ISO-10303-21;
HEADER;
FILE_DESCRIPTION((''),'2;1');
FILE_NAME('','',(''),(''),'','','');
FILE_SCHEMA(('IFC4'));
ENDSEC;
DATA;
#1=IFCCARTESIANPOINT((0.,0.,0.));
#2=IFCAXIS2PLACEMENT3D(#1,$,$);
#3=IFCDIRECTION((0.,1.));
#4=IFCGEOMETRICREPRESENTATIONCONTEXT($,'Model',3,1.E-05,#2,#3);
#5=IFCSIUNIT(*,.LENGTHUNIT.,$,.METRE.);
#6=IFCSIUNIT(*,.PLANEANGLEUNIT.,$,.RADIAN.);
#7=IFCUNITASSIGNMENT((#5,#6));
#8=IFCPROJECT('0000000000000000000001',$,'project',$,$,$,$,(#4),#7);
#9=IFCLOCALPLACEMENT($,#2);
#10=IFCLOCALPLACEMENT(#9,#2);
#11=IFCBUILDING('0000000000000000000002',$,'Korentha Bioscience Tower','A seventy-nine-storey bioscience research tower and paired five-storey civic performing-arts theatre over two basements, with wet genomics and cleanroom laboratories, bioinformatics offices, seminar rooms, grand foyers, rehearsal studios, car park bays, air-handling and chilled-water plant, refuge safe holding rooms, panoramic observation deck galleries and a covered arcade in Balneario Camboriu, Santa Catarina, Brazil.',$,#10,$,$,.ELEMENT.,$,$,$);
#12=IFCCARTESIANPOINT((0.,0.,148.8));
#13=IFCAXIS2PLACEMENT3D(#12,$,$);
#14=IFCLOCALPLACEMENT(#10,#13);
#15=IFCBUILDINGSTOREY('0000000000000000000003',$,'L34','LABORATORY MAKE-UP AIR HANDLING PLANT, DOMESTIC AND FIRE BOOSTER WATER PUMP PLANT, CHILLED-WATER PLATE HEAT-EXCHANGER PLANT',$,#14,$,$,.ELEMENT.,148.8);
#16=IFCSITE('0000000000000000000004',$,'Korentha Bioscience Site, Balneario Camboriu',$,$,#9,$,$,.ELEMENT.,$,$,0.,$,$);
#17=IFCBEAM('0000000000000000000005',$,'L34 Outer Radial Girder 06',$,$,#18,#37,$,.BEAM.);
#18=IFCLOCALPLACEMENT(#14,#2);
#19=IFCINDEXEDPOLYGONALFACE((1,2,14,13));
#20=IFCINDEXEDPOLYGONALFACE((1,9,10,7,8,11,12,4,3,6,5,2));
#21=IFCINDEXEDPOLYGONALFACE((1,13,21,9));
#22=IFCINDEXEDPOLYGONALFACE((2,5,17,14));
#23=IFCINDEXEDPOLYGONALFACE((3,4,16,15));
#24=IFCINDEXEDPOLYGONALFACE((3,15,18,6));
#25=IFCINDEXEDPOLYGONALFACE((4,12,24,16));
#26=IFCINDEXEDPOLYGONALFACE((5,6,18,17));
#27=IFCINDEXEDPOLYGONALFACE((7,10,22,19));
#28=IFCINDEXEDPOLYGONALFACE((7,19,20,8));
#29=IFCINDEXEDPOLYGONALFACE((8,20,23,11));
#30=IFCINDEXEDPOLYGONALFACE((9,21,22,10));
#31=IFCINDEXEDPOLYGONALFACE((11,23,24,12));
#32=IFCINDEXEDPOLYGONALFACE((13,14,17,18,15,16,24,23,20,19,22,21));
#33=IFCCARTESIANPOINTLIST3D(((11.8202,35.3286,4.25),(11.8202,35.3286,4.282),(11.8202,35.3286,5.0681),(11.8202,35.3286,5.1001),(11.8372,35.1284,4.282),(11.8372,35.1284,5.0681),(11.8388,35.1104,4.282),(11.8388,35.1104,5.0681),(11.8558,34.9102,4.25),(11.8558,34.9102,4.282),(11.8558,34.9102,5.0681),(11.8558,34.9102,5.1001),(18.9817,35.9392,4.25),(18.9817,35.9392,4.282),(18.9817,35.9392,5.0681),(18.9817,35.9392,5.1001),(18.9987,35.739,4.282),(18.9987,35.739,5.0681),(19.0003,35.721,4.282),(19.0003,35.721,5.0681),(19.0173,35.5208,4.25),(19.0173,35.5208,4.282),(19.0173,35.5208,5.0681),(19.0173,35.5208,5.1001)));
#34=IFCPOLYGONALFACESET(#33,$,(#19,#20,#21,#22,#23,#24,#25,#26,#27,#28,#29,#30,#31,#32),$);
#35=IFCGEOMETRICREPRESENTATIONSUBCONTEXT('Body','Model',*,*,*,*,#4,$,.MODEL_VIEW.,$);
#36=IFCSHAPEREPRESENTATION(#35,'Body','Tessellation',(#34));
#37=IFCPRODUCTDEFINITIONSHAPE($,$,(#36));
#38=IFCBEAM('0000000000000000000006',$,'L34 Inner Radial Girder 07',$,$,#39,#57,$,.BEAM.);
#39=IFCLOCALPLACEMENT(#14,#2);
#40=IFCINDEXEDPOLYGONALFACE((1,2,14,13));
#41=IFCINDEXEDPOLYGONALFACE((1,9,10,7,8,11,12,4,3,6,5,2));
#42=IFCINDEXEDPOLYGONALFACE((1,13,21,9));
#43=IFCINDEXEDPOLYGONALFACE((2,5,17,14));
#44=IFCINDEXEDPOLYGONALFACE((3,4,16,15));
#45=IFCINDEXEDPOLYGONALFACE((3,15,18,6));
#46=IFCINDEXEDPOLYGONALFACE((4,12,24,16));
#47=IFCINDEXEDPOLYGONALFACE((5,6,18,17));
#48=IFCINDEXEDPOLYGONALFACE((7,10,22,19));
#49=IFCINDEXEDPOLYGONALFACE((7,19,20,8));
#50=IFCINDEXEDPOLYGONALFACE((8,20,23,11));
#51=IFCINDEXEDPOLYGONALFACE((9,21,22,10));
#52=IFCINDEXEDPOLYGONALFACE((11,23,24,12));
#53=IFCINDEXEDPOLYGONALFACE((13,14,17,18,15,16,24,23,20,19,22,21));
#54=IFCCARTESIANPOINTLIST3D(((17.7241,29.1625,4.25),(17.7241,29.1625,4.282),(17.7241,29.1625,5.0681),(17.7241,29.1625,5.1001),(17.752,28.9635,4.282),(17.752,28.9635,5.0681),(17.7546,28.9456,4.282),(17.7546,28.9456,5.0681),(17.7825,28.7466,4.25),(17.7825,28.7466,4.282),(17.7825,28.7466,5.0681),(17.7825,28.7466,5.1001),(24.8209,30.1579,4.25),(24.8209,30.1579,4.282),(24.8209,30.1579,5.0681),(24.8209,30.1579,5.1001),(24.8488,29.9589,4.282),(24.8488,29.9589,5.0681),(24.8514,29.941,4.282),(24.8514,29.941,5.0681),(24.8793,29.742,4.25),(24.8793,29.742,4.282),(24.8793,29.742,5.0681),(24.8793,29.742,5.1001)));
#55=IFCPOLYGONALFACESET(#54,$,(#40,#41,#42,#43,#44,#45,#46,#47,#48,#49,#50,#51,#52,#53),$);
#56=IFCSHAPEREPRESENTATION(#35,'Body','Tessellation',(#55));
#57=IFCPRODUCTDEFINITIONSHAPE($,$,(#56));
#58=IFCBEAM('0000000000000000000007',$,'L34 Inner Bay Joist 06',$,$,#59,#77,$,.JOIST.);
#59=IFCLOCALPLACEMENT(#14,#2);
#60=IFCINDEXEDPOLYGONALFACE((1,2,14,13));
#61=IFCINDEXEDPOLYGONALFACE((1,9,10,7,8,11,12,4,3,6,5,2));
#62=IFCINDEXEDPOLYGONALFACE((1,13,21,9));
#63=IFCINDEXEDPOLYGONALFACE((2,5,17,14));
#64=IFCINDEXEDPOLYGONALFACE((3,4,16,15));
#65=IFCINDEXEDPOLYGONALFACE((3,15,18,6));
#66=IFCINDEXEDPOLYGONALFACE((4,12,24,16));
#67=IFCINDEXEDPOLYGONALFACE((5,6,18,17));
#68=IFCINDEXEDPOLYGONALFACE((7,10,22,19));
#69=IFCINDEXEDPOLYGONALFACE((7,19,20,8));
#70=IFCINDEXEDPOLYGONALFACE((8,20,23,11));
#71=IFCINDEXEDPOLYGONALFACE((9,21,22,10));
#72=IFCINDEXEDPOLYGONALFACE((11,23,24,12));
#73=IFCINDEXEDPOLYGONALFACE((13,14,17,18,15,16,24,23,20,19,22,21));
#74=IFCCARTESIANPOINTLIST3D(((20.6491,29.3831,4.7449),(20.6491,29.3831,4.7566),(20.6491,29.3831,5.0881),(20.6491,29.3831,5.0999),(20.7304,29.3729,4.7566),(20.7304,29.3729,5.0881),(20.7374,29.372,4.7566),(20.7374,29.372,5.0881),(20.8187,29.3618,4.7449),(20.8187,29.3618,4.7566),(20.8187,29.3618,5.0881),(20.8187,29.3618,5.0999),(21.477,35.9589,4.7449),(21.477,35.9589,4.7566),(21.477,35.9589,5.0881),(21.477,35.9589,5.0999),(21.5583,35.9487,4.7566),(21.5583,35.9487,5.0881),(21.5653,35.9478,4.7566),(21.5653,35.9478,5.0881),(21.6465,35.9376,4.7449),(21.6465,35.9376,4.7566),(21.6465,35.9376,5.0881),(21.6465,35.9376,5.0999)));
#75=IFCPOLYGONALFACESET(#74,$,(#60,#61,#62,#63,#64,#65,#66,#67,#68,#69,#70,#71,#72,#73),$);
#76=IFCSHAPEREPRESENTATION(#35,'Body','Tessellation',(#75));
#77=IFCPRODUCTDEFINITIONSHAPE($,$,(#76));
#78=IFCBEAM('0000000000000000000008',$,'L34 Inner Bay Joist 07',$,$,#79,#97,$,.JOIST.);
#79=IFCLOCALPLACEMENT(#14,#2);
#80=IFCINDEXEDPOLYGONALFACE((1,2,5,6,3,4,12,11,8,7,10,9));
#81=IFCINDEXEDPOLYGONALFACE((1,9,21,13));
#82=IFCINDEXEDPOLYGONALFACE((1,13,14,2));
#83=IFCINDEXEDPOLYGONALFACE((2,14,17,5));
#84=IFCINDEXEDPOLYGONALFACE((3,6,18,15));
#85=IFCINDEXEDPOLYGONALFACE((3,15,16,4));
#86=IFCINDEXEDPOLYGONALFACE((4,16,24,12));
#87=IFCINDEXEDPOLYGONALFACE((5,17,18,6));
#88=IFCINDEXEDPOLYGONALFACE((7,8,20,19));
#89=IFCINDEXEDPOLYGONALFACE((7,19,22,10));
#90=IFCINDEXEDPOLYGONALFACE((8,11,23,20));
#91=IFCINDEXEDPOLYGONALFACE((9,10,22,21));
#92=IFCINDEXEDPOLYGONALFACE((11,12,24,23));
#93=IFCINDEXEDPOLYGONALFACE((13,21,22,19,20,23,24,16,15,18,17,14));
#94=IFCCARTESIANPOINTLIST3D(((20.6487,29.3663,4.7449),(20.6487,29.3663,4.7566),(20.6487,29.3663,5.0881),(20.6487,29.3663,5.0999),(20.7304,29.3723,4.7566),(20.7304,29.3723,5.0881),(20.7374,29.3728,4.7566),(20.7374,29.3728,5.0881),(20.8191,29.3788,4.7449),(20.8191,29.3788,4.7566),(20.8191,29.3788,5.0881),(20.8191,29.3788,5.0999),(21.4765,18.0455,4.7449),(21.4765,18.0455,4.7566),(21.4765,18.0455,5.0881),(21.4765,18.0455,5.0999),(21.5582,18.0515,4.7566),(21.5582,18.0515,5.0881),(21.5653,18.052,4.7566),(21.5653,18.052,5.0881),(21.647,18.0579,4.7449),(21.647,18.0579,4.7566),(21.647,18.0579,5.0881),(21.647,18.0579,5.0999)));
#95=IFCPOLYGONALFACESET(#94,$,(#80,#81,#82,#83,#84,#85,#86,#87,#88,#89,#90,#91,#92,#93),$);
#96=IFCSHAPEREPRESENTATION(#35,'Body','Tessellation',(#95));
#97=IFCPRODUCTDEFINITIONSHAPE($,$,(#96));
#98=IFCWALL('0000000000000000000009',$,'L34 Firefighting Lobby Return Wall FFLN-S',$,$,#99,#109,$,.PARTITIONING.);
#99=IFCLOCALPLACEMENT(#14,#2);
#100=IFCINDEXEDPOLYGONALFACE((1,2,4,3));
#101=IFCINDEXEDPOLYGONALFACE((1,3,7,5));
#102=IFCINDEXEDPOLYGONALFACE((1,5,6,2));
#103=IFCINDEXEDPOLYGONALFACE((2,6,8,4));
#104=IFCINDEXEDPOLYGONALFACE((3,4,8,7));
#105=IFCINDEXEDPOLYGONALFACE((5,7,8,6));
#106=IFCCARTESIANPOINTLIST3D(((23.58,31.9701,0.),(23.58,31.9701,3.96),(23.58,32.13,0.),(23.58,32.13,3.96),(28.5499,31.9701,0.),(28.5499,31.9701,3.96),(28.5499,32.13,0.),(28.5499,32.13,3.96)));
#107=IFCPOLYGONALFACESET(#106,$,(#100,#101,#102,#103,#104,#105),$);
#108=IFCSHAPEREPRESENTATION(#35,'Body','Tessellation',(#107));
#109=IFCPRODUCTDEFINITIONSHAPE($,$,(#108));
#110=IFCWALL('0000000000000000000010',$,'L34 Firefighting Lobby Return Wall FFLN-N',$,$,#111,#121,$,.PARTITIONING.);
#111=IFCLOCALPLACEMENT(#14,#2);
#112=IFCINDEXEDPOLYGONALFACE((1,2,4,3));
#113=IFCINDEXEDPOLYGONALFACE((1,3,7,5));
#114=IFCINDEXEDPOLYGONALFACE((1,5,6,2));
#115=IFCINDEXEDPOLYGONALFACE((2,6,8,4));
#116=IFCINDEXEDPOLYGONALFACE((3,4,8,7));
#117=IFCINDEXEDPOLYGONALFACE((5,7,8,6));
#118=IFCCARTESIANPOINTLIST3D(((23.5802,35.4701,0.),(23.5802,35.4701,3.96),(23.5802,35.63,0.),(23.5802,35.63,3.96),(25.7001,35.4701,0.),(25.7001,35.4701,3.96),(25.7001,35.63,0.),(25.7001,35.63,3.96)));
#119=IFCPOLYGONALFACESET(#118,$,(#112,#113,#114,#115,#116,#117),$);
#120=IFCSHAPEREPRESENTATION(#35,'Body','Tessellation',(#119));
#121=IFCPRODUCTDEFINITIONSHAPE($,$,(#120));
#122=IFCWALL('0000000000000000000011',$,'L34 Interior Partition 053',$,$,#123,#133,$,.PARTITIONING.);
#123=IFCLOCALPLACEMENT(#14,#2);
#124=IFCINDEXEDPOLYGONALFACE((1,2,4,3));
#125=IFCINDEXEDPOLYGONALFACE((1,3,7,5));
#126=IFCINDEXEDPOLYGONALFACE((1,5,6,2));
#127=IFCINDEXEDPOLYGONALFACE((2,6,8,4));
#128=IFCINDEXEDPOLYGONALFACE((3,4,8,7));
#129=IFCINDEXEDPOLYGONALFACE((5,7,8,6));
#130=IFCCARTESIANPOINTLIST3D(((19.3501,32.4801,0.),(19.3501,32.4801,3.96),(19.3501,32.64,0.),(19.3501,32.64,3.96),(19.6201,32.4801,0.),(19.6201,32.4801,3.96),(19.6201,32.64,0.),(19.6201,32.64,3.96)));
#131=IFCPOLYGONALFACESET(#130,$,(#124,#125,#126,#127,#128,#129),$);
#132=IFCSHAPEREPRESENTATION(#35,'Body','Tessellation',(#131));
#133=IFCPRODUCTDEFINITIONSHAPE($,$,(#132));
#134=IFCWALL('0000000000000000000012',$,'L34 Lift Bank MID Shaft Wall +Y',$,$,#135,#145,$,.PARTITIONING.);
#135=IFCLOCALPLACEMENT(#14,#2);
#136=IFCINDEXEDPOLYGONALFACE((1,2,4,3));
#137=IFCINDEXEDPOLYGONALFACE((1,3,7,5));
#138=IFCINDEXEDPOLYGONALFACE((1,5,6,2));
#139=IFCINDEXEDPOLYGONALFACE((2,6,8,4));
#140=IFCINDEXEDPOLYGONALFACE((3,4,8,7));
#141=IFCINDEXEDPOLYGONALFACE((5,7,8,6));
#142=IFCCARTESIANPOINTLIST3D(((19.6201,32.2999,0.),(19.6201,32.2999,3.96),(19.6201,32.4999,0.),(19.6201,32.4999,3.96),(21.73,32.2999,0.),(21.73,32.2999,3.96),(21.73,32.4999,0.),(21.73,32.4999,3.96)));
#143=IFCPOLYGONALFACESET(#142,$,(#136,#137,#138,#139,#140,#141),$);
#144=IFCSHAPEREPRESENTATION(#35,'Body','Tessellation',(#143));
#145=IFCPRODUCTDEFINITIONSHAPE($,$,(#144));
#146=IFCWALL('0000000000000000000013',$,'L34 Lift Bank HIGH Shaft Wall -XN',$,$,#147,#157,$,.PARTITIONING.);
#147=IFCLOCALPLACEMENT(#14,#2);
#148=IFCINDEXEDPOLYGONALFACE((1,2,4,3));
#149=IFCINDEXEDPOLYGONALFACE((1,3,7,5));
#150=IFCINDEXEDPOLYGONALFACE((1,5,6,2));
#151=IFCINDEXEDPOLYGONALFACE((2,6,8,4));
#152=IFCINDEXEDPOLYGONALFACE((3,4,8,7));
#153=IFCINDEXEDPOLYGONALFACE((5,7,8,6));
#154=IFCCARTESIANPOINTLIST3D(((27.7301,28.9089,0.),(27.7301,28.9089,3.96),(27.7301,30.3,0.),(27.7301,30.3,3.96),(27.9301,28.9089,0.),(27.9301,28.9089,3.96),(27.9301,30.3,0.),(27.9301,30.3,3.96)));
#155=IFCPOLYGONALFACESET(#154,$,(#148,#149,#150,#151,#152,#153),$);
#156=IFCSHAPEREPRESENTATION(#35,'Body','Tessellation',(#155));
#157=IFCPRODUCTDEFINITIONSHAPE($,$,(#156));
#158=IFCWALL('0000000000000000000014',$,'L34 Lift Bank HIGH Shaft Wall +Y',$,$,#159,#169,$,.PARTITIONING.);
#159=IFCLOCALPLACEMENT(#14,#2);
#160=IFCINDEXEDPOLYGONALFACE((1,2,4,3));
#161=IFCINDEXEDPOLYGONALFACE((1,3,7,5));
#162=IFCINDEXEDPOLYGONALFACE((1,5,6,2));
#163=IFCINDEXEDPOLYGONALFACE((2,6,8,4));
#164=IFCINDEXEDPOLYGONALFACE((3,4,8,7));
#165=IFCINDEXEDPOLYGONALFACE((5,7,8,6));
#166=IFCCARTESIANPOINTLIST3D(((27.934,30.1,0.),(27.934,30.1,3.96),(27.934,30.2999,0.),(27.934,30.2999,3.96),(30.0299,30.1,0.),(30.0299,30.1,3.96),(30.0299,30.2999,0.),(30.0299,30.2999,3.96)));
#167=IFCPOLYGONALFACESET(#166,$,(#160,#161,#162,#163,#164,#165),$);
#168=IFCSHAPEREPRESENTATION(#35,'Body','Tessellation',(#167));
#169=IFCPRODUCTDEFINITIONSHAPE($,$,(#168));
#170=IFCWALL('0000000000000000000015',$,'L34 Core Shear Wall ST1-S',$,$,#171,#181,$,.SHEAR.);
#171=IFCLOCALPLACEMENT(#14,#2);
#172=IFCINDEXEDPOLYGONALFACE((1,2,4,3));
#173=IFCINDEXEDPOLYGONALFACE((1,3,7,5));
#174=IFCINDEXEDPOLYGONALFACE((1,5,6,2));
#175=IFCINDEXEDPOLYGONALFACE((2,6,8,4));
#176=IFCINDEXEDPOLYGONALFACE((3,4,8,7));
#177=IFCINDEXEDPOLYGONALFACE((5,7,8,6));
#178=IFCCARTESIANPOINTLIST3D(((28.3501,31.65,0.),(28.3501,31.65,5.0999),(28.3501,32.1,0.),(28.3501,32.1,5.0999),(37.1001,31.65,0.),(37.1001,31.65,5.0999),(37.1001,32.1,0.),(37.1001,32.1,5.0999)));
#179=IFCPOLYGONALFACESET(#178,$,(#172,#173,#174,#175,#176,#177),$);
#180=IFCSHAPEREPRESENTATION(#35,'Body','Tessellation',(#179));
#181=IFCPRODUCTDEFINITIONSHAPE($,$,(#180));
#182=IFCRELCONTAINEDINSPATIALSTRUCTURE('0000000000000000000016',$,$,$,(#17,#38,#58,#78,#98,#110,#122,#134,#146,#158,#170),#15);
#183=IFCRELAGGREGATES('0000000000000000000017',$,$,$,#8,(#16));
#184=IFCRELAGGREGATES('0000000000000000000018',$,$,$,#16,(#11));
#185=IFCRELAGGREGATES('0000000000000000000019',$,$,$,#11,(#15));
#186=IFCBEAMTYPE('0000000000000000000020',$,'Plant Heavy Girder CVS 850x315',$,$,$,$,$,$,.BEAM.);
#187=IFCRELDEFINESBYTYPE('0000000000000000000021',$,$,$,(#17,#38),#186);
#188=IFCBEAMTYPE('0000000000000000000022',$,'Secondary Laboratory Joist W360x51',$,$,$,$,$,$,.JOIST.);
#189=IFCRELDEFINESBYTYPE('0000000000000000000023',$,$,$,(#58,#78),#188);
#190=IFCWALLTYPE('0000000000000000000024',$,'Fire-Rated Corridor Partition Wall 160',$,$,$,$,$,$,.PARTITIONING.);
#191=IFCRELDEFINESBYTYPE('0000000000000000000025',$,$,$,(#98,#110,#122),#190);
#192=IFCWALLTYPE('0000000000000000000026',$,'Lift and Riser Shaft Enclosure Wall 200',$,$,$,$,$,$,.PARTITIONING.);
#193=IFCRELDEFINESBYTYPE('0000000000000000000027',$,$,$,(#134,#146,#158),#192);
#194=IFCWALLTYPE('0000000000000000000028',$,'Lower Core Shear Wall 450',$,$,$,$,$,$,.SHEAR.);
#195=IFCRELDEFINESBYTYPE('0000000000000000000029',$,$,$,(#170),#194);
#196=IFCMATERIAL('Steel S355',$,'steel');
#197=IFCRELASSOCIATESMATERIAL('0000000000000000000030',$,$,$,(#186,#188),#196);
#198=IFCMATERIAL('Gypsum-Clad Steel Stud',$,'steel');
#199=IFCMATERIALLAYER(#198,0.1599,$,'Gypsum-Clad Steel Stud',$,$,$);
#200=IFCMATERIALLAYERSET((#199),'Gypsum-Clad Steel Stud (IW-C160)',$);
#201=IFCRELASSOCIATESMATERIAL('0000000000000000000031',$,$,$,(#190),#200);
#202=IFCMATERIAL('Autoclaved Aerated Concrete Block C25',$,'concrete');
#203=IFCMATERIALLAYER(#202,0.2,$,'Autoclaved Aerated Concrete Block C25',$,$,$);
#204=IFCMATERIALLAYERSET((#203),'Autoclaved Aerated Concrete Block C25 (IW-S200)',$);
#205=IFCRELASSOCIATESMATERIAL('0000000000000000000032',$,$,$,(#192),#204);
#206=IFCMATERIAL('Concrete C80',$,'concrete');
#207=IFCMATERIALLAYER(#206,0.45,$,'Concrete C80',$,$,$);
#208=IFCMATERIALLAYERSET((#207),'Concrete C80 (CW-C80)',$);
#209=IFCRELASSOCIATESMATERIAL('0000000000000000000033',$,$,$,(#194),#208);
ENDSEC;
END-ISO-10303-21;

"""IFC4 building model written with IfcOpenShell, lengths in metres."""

from ifc_helpers import new_model, si_unit, direction, frame, frame_2d, origin, origin_2d, place, context, subcontext, project, spatial, rectangle, i_section, extrude, material, layer, layer_set, material_profile, profile_set, type_object, element, save


model = new_model("IFC4")

# Units and contexts
model_context = context("Model", 3, precision=1e-05, world=origin(), true_north=direction((0.0, 1.0)))
body_context = subcontext(model_context, "Body", "Model", "MODEL_VIEW")
ifc_project = project(units=[si_unit("LENGTHUNIT", "METRE"), si_unit("PLANEANGLEUNIT", "RADIAN")], contexts=[model_context])

# Site, building, storey
site_placement = place(None, origin())
site = spatial("IfcSite", under=ifc_project, at=site_placement, Name="Korentha Bioscience Site, Balneario Camboriu", CompositionType="ELEMENT", RefElevation=0.0)
building_placement = place(site_placement, origin())
building = spatial("IfcBuilding", under=site, at=building_placement, Name="Korentha Bioscience Tower", Description="A seventy-nine-storey bioscience research tower and paired five-storey civic performing-arts theatre over two basements, with wet genomics and cleanroom laboratories, bioinformatics offices, seminar rooms, grand foyers, rehearsal studios, car park bays, air-handling and chilled-water plant, refuge safe holding rooms, panoramic observation deck galleries and a covered arcade in Balneario Camboriu, Santa Catarina, Brazil.", CompositionType="ELEMENT")
storey_placement = place(building_placement, frame((0.0, 0.0, 148.8)))
storey = spatial("IfcBuildingStorey", under=building, at=storey_placement, Name="L34", Description="LABORATORY MAKE-UP AIR HANDLING PLANT, DOMESTIC AND FIRE BOOSTER WATER PUMP PLANT, CHILLED-WATER PLATE HEAT-EXCHANGER PLANT", CompositionType="ELEMENT", Elevation=148.8)

# Shared definitions
ifc_material_1 = material(Name="Concrete C80", Category="concrete")

# Beams
ifc_material_2 = material(Name="Steel S355", Category="steel")
ifc_material_profile_1 = material_profile(ifc_material_2, i_section(OverallWidth=0.4199, OverallDepth=0.8501, WebThickness=0.0181, FlangeThickness=0.032, at=origin_2d()), Name="Steel S355")
ifc_profile_set_1 = profile_set([ifc_material_profile_1], Name="Steel S355 (MB-850)")
beam_type_1 = type_object("IfcBeamType", Name="Plant Heavy Girder CVS 850x315", PredefinedType="BEAM", material=ifc_profile_set_1)
beam_1_placement = place(storey_placement, frame((18.9995, 35.73, 4.675), z_axis=(-0.996385, -0.084951, 0.0), x_axis=(0.084951, -0.996385, 0.0)))
element("IfcBeam", 1, at=beam_1_placement, inside=storey, type_object=beam_type_1, Name="L34 Outer Radial Girder 06", PredefinedType="BEAM", context=body_context, shape_type="SweptSolid", body=[
    extrude(i_section(OverallWidth=0.4199, OverallDepth=0.8501, WebThickness=0.0181, FlangeThickness=0.032, at=origin_2d()), origin(), (0.0, 0.0, 1.0), 7.1875),
])
beam_2_placement = place(storey_placement, frame((24.8501, 29.95, 4.675), z_axis=(-0.990307, -0.138898, 0.0), x_axis=(0.138898, -0.990307, 0.0)))
element("IfcBeam", 2, at=beam_2_placement, inside=storey, type_object=beam_type_1, Name="L34 Inner Radial Girder 07", PredefinedType="BEAM", context=body_context, shape_type="SweptSolid", body=[
    extrude(i_section(OverallWidth=0.4199, OverallDepth=0.8501, WebThickness=0.0181, FlangeThickness=0.032, at=origin_2d()), origin(), (0.0, 0.0, 1.0), 7.1663),
])
ifc_material_profile_2 = material_profile(ifc_material_2, i_section(OverallWidth=0.1709, OverallDepth=0.355, WebThickness=0.0071, FlangeThickness=0.0117, at=origin_2d()), Name="Steel S355")
ifc_profile_set_2 = profile_set([ifc_material_profile_2], Name="Steel S355 (JB-360)")
beam_type_2 = type_object("IfcBeamType", Name="Secondary Laboratory Joist W360x51", PredefinedType="JOIST", material=ifc_profile_set_2)
beam_3_placement = place(storey_placement, frame((21.5618, 35.9482, 4.9224), z_axis=(-0.124914, -0.992168, 0.0), x_axis=(0.992168, -0.124914, 0.0)))
element("IfcBeam", 3, at=beam_3_placement, inside=storey, type_object=beam_type_2, Name="L34 Inner Bay Joist 06", PredefinedType="JOIST", context=body_context, shape_type="SweptSolid", body=[
    extrude(i_section(OverallWidth=0.1709, OverallDepth=0.355, WebThickness=0.0071, FlangeThickness=0.0117, at=origin_2d()), origin(), (0.0, 0.0, 1.0), 6.6277),
])
beam_4_placement = place(storey_placement, frame((20.7339, 29.3726, 4.9224), z_axis=(0.072934, -0.997337, 0.0), x_axis=(0.997337, 0.072934, 0.0)))
element("IfcBeam", 4, at=beam_4_placement, inside=storey, type_object=beam_type_2, Name="L34 Inner Bay Joist 07", PredefinedType="JOIST", context=body_context, shape_type="SweptSolid", body=[
    extrude(i_section(OverallWidth=0.1709, OverallDepth=0.355, WebThickness=0.0071, FlangeThickness=0.0117, at=origin_2d()), origin(), (0.0, 0.0, 1.0), 11.3511),
])

# Shared definitions
ifc_material_3 = material(Name="Gypsum-Clad Steel Stud", Category="steel")
ifc_layer_1 = layer(ifc_material_3, 0.1599, Name="Gypsum-Clad Steel Stud")
ifc_layer_set_1 = layer_set([ifc_layer_1], Name="Gypsum-Clad Steel Stud (IW-C160)")
wall_type_1 = type_object("IfcWallType", Name="Fire-Rated Corridor Partition Wall 160", PredefinedType="PARTITIONING", material=ifc_layer_set_1)

# Walls
wall_1_placement = place(storey_placement, frame((23.5801, 32.05, 0.0), z_axis=(0.0, 0.0, 1.0), x_axis=(1.0, 0.0, 0.0)))
element("IfcWall", 5, at=wall_1_placement, inside=storey, type_object=wall_type_1, Name="L34 Firefighting Lobby Return Wall FFLN-S", PredefinedType="PARTITIONING", context=body_context, shape_type="SweptSolid", body=[
    extrude(rectangle(XDim=4.97, YDim=0.1599, at=frame_2d((2.4849, 0.0))), origin(), (0.0, 0.0, 1.0), 3.96),
])
wall_2_placement = place(storey_placement, frame((23.5801, 35.55, 0.0), z_axis=(0.0, 0.0, 1.0), x_axis=(1.0, 0.0, 0.0)))
element("IfcWall", 6, at=wall_2_placement, inside=storey, type_object=wall_type_1, Name="L34 Firefighting Lobby Return Wall FFLN-N", PredefinedType="PARTITIONING", context=body_context, shape_type="SweptSolid", body=[
    extrude(rectangle(XDim=2.1199, YDim=0.1599, at=frame_2d((1.0601, 0.0))), origin(), (0.0, 0.0, 1.0), 3.96),
])
wall_3_placement = place(storey_placement, frame((19.6201, 32.5601, 0.0), z_axis=(0.0, 0.0, 1.0), x_axis=(-1.0, 0.0, 0.0)))
element("IfcWall", 7, at=wall_3_placement, inside=storey, type_object=wall_type_1, Name="L34 Interior Partition 053", PredefinedType="PARTITIONING", context=body_context, shape_type="SweptSolid", body=[
    extrude(rectangle(XDim=0.27, YDim=0.1599, at=frame_2d((0.135, 0.0))), origin(), (0.0, 0.0, 1.0), 3.96),
])
ifc_material_4 = material(Name="Autoclaved Aerated Concrete Block C25", Category="concrete")
ifc_layer_2 = layer(ifc_material_4, 0.2, Name="Autoclaved Aerated Concrete Block C25")
ifc_layer_set_2 = layer_set([ifc_layer_2], Name="Autoclaved Aerated Concrete Block C25 (IW-S200)")
wall_type_2 = type_object("IfcWallType", Name="Lift and Riser Shaft Enclosure Wall 200", PredefinedType="PARTITIONING", material=ifc_layer_set_2)
wall_4_placement = place(storey_placement, frame((19.6201, 32.3999, 0.0), z_axis=(0.0, 0.0, 1.0), x_axis=(1.0, 0.0, 0.0)))
element("IfcWall", 8, at=wall_4_placement, inside=storey, type_object=wall_type_2, Name="L34 Lift Bank MID Shaft Wall +Y", PredefinedType="PARTITIONING", context=body_context, shape_type="SweptSolid", body=[
    extrude(rectangle(XDim=2.1099, YDim=0.2, at=frame_2d((1.0549, 0.0))), origin(), (0.0, 0.0, 1.0), 3.96),
])
wall_5_placement = place(storey_placement, frame((27.8301, 28.9089, 0.0), z_axis=(0.0, 0.0, 1.0), x_axis=(0.0, 1.0, 0.0)))
element("IfcWall", 9, at=wall_5_placement, inside=storey, type_object=wall_type_2, Name="L34 Lift Bank HIGH Shaft Wall -XN", PredefinedType="PARTITIONING", context=body_context, shape_type="SweptSolid", body=[
    extrude(rectangle(XDim=1.3911, YDim=0.2, at=frame_2d((0.6956, 0.0))), origin(), (0.0, 0.0, 1.0), 3.96),
])
wall_6_placement = place(storey_placement, frame((27.9341, 30.2, 0.0), z_axis=(0.0, 0.0, 1.0), x_axis=(1.0, 0.0, 0.0)))
element("IfcWall", 10, at=wall_6_placement, inside=storey, type_object=wall_type_2, Name="L34 Lift Bank HIGH Shaft Wall +Y", PredefinedType="PARTITIONING", context=body_context, shape_type="SweptSolid", body=[
    extrude(rectangle(XDim=2.0959, YDim=0.2, at=frame_2d((1.0479, 0.0))), origin(), (0.0, 0.0, 1.0), 3.96),
])
ifc_layer_3 = layer(ifc_material_1, 0.45, Name="Concrete C80")
ifc_layer_set_3 = layer_set([ifc_layer_3], Name="Concrete C80 (CW-C80)")
wall_type_3 = type_object("IfcWallType", Name="Lower Core Shear Wall 450", PredefinedType="SHEAR", material=ifc_layer_set_3)
wall_7_placement = place(storey_placement, frame((28.3501, 31.875, 0.0), z_axis=(0.0, 0.0, 1.0), x_axis=(1.0, 0.0, 0.0)))
element("IfcWall", 11, at=wall_7_placement, inside=storey, type_object=wall_type_3, Name="L34 Core Shear Wall ST1-S", PredefinedType="SHEAR", context=body_context, shape_type="SweptSolid", body=[
    extrude(rectangle(XDim=8.75, YDim=0.45, at=frame_2d((4.375, 0.0))), origin(), (0.0, 0.0, 1.0), 5.0999),
])

save(model, "model.ifc")
